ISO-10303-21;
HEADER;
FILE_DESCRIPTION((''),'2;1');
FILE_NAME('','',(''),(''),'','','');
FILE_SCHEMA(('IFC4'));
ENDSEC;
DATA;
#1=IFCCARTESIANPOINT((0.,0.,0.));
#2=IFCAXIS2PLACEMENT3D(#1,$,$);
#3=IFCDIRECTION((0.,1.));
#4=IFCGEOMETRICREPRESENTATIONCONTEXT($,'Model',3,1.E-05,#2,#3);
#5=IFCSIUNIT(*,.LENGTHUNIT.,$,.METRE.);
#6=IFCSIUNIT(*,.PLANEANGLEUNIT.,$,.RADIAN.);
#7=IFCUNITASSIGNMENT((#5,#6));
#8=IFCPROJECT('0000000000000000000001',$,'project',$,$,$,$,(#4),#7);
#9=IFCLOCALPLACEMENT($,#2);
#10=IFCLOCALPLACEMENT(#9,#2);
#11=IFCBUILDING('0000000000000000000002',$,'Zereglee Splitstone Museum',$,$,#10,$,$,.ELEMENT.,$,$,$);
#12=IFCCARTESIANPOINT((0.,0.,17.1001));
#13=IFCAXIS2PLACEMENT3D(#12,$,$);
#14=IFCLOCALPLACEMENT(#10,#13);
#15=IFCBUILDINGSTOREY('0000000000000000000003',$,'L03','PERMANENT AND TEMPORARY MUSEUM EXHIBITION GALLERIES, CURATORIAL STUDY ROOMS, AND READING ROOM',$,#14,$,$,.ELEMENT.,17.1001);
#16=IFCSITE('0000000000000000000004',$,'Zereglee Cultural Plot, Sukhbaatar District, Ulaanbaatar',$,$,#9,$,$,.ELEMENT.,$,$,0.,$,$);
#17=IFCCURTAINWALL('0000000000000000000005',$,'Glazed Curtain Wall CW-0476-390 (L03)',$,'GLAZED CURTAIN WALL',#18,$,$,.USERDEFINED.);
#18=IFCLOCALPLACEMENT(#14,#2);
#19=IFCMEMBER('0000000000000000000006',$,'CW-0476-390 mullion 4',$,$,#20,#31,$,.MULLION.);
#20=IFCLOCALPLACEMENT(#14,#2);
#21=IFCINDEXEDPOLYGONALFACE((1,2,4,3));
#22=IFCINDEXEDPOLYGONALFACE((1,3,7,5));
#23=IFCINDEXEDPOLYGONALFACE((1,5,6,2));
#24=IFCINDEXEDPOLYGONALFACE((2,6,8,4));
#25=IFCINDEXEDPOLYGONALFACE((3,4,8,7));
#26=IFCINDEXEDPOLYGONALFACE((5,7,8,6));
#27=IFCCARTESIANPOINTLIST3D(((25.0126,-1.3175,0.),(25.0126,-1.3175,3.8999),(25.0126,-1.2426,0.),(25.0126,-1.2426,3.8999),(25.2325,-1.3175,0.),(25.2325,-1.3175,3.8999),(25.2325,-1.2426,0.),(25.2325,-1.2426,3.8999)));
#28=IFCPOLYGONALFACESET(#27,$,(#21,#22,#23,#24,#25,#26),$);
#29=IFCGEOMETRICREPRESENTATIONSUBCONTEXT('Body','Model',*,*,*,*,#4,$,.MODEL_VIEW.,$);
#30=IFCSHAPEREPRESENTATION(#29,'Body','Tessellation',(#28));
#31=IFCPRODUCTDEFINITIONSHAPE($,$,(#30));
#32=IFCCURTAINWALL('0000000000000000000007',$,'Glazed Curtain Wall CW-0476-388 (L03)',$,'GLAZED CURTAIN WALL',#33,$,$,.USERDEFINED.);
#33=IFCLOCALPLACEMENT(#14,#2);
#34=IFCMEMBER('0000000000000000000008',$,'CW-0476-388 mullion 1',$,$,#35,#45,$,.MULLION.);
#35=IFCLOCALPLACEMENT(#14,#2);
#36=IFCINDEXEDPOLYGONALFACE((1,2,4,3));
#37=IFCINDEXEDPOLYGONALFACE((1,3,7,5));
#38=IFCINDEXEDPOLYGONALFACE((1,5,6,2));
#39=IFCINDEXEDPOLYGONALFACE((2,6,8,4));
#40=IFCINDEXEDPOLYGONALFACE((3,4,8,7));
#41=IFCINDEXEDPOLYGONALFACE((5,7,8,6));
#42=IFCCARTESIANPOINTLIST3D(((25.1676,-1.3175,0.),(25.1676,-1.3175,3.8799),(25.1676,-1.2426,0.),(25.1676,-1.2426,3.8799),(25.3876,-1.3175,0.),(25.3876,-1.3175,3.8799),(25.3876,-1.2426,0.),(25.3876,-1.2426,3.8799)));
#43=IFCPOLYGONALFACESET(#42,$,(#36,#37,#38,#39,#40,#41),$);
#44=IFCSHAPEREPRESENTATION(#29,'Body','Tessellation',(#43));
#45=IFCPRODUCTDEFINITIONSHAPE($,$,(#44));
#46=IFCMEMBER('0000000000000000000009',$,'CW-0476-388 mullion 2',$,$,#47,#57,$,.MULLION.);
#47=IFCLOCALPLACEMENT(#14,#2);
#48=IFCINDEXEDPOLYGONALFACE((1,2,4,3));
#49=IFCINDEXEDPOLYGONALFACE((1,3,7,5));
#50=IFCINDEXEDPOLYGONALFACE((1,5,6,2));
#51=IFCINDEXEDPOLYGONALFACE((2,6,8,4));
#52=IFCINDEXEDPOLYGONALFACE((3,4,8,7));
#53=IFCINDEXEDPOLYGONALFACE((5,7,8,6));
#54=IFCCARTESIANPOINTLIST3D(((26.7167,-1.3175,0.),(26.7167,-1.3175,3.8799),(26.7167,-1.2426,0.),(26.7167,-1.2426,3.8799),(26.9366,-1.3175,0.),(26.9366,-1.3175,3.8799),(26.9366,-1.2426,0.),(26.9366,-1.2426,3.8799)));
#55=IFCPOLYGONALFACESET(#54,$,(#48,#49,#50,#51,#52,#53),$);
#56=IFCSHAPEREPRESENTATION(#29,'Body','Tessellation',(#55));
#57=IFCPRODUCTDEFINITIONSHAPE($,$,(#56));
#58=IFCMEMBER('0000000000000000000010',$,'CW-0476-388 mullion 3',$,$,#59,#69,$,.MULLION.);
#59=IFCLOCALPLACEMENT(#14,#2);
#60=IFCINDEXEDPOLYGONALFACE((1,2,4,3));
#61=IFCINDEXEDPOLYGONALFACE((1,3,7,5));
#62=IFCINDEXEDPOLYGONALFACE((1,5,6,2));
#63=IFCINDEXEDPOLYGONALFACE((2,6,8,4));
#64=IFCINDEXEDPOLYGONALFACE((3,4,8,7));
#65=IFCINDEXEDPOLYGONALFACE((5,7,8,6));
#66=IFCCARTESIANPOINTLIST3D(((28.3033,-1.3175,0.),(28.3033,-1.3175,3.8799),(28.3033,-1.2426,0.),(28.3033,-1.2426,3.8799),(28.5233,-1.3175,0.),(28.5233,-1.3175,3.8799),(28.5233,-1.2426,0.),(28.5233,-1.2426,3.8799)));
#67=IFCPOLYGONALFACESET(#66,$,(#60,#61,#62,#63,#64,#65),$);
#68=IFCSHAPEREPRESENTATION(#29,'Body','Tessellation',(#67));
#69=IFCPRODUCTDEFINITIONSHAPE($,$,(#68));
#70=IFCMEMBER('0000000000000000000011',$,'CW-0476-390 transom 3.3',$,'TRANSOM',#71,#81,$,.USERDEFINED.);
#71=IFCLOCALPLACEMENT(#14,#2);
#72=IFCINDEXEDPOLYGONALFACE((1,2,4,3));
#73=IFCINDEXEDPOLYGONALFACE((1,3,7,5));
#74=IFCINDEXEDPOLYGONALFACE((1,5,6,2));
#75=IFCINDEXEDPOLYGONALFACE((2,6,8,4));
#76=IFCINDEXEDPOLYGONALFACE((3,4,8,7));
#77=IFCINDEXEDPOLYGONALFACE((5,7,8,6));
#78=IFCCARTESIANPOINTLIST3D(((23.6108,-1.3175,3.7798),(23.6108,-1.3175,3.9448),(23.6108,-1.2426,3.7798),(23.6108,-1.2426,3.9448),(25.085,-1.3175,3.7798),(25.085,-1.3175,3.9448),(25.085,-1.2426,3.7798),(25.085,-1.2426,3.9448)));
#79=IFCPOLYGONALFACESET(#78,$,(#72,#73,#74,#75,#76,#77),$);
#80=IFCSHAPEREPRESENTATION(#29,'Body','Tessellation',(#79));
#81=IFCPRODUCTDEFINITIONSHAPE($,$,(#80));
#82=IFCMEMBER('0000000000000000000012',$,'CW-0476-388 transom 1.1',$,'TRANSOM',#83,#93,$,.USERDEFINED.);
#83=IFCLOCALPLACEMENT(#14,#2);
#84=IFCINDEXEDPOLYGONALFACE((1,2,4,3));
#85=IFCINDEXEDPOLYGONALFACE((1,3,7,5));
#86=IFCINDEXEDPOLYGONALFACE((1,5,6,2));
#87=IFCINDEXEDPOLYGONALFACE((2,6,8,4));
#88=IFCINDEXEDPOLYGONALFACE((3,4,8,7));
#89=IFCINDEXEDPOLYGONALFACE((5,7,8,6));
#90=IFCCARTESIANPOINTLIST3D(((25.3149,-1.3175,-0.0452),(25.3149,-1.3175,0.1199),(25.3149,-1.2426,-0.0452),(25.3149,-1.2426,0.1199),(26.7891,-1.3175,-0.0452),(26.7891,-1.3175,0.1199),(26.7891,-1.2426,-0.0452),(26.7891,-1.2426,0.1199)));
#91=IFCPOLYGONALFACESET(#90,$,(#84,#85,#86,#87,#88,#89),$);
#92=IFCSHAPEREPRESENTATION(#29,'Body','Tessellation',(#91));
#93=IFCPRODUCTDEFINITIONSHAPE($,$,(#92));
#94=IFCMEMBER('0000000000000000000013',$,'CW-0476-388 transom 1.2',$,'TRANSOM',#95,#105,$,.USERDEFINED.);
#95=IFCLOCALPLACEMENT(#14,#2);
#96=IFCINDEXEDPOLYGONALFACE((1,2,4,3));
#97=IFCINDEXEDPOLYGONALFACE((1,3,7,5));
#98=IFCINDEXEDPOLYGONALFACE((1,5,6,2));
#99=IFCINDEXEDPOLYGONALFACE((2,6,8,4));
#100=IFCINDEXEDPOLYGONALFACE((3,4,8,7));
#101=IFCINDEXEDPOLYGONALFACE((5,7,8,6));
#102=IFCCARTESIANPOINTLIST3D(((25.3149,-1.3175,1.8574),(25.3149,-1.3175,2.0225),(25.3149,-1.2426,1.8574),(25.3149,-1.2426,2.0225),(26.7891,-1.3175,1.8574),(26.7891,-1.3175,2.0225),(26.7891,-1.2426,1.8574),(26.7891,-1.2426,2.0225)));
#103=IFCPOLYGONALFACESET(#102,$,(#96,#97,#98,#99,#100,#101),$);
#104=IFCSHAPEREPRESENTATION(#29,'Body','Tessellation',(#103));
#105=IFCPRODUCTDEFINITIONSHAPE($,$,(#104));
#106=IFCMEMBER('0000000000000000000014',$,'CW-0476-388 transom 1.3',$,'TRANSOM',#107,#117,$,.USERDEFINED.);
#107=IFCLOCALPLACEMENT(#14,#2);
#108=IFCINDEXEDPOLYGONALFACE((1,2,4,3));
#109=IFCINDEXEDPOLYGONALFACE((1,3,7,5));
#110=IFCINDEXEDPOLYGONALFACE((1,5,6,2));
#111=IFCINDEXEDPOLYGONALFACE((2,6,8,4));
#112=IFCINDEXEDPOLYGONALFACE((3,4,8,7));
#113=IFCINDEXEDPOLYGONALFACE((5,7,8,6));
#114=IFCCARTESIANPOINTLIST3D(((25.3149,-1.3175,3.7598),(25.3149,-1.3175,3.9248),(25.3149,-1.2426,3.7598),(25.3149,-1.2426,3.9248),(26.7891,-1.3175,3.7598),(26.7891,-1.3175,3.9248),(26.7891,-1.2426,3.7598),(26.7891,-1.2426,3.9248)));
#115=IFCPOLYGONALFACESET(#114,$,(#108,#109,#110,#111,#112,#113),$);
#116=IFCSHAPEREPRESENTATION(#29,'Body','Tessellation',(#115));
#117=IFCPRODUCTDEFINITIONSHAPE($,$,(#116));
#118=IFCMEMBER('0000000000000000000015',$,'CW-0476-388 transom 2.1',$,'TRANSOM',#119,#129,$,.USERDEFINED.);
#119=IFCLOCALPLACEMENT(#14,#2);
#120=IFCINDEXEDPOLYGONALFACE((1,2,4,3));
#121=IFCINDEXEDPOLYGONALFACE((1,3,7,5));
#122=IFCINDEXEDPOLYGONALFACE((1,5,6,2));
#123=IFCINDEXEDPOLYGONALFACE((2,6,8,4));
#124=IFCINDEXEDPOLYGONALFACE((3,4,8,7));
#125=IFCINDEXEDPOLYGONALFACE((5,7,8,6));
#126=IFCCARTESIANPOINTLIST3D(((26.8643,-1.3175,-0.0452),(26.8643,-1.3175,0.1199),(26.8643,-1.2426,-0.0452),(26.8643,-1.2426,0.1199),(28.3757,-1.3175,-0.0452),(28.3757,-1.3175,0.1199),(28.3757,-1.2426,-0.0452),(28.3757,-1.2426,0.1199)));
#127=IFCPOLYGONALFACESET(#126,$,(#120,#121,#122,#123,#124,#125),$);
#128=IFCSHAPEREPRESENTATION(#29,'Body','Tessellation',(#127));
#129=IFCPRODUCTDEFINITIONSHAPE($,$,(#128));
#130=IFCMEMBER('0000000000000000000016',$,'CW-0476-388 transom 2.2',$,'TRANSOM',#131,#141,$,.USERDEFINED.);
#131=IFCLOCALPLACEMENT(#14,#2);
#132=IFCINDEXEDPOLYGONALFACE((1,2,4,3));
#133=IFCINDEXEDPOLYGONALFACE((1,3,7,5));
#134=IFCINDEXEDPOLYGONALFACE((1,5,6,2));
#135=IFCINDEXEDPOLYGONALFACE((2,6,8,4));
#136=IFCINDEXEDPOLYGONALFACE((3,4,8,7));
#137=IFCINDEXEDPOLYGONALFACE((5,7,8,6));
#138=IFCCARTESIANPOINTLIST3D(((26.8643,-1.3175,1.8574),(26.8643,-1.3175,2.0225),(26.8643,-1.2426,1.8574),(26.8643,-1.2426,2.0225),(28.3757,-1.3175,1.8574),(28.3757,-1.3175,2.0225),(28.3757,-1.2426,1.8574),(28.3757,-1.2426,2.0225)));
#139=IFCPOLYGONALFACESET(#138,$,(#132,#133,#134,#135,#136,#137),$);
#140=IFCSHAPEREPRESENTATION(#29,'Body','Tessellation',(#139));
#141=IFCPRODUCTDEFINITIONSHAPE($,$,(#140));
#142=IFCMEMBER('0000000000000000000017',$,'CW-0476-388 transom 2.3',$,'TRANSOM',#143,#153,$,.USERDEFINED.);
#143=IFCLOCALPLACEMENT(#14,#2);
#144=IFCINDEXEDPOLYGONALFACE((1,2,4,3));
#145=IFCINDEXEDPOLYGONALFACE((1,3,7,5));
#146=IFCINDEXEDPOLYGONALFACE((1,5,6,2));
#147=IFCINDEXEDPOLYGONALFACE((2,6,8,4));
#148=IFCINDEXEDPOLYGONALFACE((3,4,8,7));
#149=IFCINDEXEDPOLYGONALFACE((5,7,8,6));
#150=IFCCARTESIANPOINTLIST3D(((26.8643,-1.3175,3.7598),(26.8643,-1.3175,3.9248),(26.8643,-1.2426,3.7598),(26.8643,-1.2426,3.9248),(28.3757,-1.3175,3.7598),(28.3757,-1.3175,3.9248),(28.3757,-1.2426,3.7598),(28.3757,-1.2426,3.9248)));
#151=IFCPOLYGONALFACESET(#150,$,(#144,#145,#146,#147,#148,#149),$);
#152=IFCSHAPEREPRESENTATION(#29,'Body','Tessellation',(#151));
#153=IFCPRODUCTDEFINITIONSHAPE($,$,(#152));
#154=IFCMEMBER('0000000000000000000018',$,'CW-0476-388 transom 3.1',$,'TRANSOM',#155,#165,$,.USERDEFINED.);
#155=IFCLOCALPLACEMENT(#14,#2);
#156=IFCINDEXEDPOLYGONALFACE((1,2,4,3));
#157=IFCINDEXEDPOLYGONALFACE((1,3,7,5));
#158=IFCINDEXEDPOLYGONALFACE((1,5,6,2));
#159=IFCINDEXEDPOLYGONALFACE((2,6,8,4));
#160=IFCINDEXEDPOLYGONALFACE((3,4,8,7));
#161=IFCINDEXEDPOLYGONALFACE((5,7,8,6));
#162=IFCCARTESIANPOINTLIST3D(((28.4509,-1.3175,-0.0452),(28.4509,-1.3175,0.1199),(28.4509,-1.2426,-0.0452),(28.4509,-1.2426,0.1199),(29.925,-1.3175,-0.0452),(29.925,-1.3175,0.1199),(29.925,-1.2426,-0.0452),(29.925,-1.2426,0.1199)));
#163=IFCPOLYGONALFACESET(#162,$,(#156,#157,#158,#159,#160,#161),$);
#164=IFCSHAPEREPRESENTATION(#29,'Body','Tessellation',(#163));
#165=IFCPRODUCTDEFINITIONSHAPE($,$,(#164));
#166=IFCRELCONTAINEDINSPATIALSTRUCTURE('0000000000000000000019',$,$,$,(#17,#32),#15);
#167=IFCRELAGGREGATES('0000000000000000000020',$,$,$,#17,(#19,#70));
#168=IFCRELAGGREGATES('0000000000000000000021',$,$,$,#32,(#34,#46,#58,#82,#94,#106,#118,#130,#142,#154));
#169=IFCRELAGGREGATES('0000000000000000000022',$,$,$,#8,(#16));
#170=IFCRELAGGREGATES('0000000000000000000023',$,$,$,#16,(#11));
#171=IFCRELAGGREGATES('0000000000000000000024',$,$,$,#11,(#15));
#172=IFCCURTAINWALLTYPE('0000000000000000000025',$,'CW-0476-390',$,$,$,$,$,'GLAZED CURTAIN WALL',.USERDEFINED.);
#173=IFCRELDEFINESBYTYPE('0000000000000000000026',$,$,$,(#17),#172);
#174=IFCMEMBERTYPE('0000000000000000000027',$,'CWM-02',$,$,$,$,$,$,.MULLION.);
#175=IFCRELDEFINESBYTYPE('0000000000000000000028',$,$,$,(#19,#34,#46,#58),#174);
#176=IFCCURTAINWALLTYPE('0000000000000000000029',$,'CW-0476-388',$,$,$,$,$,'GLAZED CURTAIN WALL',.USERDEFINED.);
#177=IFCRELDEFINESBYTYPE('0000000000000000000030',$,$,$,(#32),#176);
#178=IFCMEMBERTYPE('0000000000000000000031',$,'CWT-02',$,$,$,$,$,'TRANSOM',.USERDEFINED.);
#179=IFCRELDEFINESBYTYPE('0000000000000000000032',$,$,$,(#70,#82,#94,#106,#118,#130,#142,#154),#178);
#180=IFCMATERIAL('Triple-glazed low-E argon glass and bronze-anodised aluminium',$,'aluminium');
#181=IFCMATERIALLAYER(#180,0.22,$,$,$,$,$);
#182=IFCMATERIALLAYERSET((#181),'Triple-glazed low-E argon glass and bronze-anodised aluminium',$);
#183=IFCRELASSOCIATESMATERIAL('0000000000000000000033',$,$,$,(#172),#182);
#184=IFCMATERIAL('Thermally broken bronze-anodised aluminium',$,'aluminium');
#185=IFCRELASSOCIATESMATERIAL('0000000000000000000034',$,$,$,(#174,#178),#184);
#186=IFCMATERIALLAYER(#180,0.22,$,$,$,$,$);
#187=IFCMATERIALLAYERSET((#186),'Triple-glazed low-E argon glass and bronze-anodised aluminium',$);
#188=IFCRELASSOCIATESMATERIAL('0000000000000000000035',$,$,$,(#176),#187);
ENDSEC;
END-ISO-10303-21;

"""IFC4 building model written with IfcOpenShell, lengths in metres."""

from ifc_helpers import new_model, si_unit, direction, frame, origin, origin_2d, place, context, subcontext, project, spatial, rectangle, extrude, material, layer, layer_set, material_profile, profile_set, type_object, element, aggregate, save


model = new_model("IFC4")

# Units and contexts
model_context = context("Model", 3, precision=1e-05, world=origin(), true_north=direction((0.0, 1.0)))
body_context = subcontext(model_context, "Body", "Model", "MODEL_VIEW")
ifc_project = project(units=[si_unit("LENGTHUNIT", "METRE"), si_unit("PLANEANGLEUNIT", "RADIAN")], contexts=[model_context])

# Site, building, storey
site_placement = place(None, origin())
site = spatial("IfcSite", under=ifc_project, at=site_placement, Name="Zereglee Cultural Plot, Sukhbaatar District, Ulaanbaatar", CompositionType="ELEMENT", RefElevation=0.0)
building_placement = place(site_placement, origin())
building = spatial("IfcBuilding", under=site, at=building_placement, Name="Zereglee Splitstone Museum", CompositionType="ELEMENT")
storey_placement = place(building_placement, frame((0.0, 0.0, 17.1001)))
storey = spatial("IfcBuildingStorey", under=building, at=storey_placement, Name="L03", Description="PERMANENT AND TEMPORARY MUSEUM EXHIBITION GALLERIES, CURATORIAL STUDY ROOMS, AND READING ROOM", CompositionType="ELEMENT", Elevation=17.1001)

# Curtain wall, member
ifc_material_1 = material(Name="Triple-glazed low-E argon glass and bronze-anodised aluminium", Category="aluminium")
ifc_layer_1 = layer(ifc_material_1, 0.22)
ifc_layer_set_1 = layer_set([ifc_layer_1], Name="Triple-glazed low-E argon glass and bronze-anodised aluminium")
curtain_wall_type_1 = type_object("IfcCurtainWallType", Name="CW-0476-390", ElementType="GLAZED CURTAIN WALL", PredefinedType="USERDEFINED", material=ifc_layer_set_1)
curtain_wall_1_placement = place(storey_placement, origin())
curtain_wall_1 = element("IfcCurtainWall", 1, at=curtain_wall_1_placement, inside=storey, type_object=curtain_wall_type_1, Name="Glazed Curtain Wall CW-0476-390 (L03)", ObjectType="GLAZED CURTAIN WALL", PredefinedType="USERDEFINED")
ifc_material_2 = material(Name="Thermally broken bronze-anodised aluminium", Category="aluminium")
ifc_material_profile_1 = material_profile(ifc_material_2, rectangle(XDim=0.075, YDim=0.22, at=origin_2d()), Name="CW MULL 75x220")
ifc_profile_set_1 = profile_set([ifc_material_profile_1], Name="Thermally broken bronze-anodised aluminium")
member_type_1 = type_object("IfcMemberType", Name="CWM-02", PredefinedType="MULLION", material=ifc_profile_set_1)
member_1_placement = place(storey_placement, frame((25.1226, -1.28, 0.0), z_axis=(0.0, 0.0, 1.0), x_axis=(0.0, 1.0, 0.0)))
member_1 = element("IfcMember", 2, at=member_1_placement, type_object=member_type_1, Name="CW-0476-390 mullion 4", PredefinedType="MULLION", context=body_context, shape_type="SweptSolid", body=[
    extrude(rectangle(XDim=0.075, YDim=0.22, at=origin_2d()), origin(), (0.0, 0.0, 1.0), 3.8999),
])

# Curtain wall, members
ifc_layer_2 = layer(ifc_material_1, 0.22)
ifc_layer_set_2 = layer_set([ifc_layer_2], Name="Triple-glazed low-E argon glass and bronze-anodised aluminium")
curtain_wall_type_2 = type_object("IfcCurtainWallType", Name="CW-0476-388", ElementType="GLAZED CURTAIN WALL", PredefinedType="USERDEFINED", material=ifc_layer_set_2)
curtain_wall_2_placement = place(storey_placement, origin())
curtain_wall_2 = element("IfcCurtainWall", 3, at=curtain_wall_2_placement, inside=storey, type_object=curtain_wall_type_2, Name="Glazed Curtain Wall CW-0476-388 (L03)", ObjectType="GLAZED CURTAIN WALL", PredefinedType="USERDEFINED")
member_2_placement = place(storey_placement, frame((25.2776, -1.28, 0.0), z_axis=(0.0, 0.0, 1.0), x_axis=(0.0, 1.0, 0.0)))
member_2 = element("IfcMember", 4, at=member_2_placement, type_object=member_type_1, Name="CW-0476-388 mullion 1", PredefinedType="MULLION", context=body_context, shape_type="SweptSolid", body=[
    extrude(rectangle(XDim=0.075, YDim=0.22, at=origin_2d()), origin(), (0.0, 0.0, 1.0), 3.8799),
])
member_3_placement = place(storey_placement, frame((26.8267, -1.28, 0.0), z_axis=(0.0, 0.0, 1.0), x_axis=(0.0, 1.0, 0.0)))
member_3 = element("IfcMember", 5, at=member_3_placement, type_object=member_type_1, Name="CW-0476-388 mullion 2", PredefinedType="MULLION", context=body_context, shape_type="SweptSolid", body=[
    extrude(rectangle(XDim=0.075, YDim=0.22, at=origin_2d()), origin(), (0.0, 0.0, 1.0), 3.8799),
])
member_4_placement = place(storey_placement, frame((28.4133, -1.28, 0.0), z_axis=(0.0, 0.0, 1.0), x_axis=(0.0, 1.0, 0.0)))
member_4 = element("IfcMember", 6, at=member_4_placement, type_object=member_type_1, Name="CW-0476-388 mullion 3", PredefinedType="MULLION", context=body_context, shape_type="SweptSolid", body=[
    extrude(rectangle(XDim=0.075, YDim=0.22, at=origin_2d()), origin(), (0.0, 0.0, 1.0), 3.8799),
])

# Members
ifc_material_profile_2 = material_profile(ifc_material_2, rectangle(XDim=0.075, YDim=0.165, at=origin_2d()), Name="CW TRAN 75x165")
ifc_profile_set_2 = profile_set([ifc_material_profile_2], Name="Thermally broken bronze-anodised aluminium")
member_type_2 = type_object("IfcMemberType", Name="CWT-02", ElementType="TRANSOM", PredefinedType="USERDEFINED", material=ifc_profile_set_2)
member_5_placement = place(storey_placement, frame((23.6108, -1.28, 3.8623), z_axis=(1.0, 0.0, 0.0), x_axis=(0.0, 1.0, 0.0)))
member_5 = element("IfcMember", 7, at=member_5_placement, type_object=member_type_2, Name="CW-0476-390 transom 3.3", ObjectType="TRANSOM", PredefinedType="USERDEFINED", context=body_context, shape_type="SweptSolid", body=[
    extrude(rectangle(XDim=0.075, YDim=0.165, at=origin_2d()), origin(), (0.0, 0.0, 1.0), 1.4741),
])
member_6_placement = place(storey_placement, frame((25.3149, -1.28, 0.0374), z_axis=(1.0, 0.0, 0.0), x_axis=(0.0, 1.0, 0.0)))
member_6 = element("IfcMember", 8, at=member_6_placement, type_object=member_type_2, Name="CW-0476-388 transom 1.1", ObjectType="TRANSOM", PredefinedType="USERDEFINED", context=body_context, shape_type="SweptSolid", body=[
    extrude(rectangle(XDim=0.075, YDim=0.165, at=origin_2d()), origin(), (0.0, 0.0, 1.0), 1.4741),
])
member_7_placement = place(storey_placement, frame((25.3149, -1.28, 1.9399), z_axis=(1.0, 0.0, 0.0), x_axis=(0.0, 1.0, 0.0)))
member_7 = element("IfcMember", 9, at=member_7_placement, type_object=member_type_2, Name="CW-0476-388 transom 1.2", ObjectType="TRANSOM", PredefinedType="USERDEFINED", context=body_context, shape_type="SweptSolid", body=[
    extrude(rectangle(XDim=0.075, YDim=0.165, at=origin_2d()), origin(), (0.0, 0.0, 1.0), 1.4741),
])
member_8_placement = place(storey_placement, frame((25.3149, -1.28, 3.8423), z_axis=(1.0, 0.0, 0.0), x_axis=(0.0, 1.0, 0.0)))
member_8 = element("IfcMember", 10, at=member_8_placement, type_object=member_type_2, Name="CW-0476-388 transom 1.3", ObjectType="TRANSOM", PredefinedType="USERDEFINED", context=body_context, shape_type="SweptSolid", body=[
    extrude(rectangle(XDim=0.075, YDim=0.165, at=origin_2d()), origin(), (0.0, 0.0, 1.0), 1.4741),
])
member_9_placement = place(storey_placement, frame((26.8643, -1.28, 0.0374), z_axis=(1.0, 0.0, 0.0), x_axis=(0.0, 1.0, 0.0)))
member_9 = element("IfcMember", 11, at=member_9_placement, type_object=member_type_2, Name="CW-0476-388 transom 2.1", ObjectType="TRANSOM", PredefinedType="USERDEFINED", context=body_context, shape_type="SweptSolid", body=[
    extrude(rectangle(XDim=0.075, YDim=0.165, at=origin_2d()), origin(), (0.0, 0.0, 1.0), 1.5115),
])
member_10_placement = place(storey_placement, frame((26.8643, -1.28, 1.9399), z_axis=(1.0, 0.0, 0.0), x_axis=(0.0, 1.0, 0.0)))
member_10 = element("IfcMember", 12, at=member_10_placement, type_object=member_type_2, Name="CW-0476-388 transom 2.2", ObjectType="TRANSOM", PredefinedType="USERDEFINED", context=body_context, shape_type="SweptSolid", body=[
    extrude(rectangle(XDim=0.075, YDim=0.165, at=origin_2d()), origin(), (0.0, 0.0, 1.0), 1.5115),
])
member_11_placement = place(storey_placement, frame((26.8643, -1.28, 3.8423), z_axis=(1.0, 0.0, 0.0), x_axis=(0.0, 1.0, 0.0)))
member_11 = element("IfcMember", 13, at=member_11_placement, type_object=member_type_2, Name="CW-0476-388 transom 2.3", ObjectType="TRANSOM", PredefinedType="USERDEFINED", context=body_context, shape_type="SweptSolid", body=[
    extrude(rectangle(XDim=0.075, YDim=0.165, at=origin_2d()), origin(), (0.0, 0.0, 1.0), 1.5115),
])
member_12_placement = place(storey_placement, frame((28.4509, -1.28, 0.0374), z_axis=(1.0, 0.0, 0.0), x_axis=(0.0, 1.0, 0.0)))
member_12 = element("IfcMember", 14, at=member_12_placement, type_object=member_type_2, Name="CW-0476-388 transom 3.1", ObjectType="TRANSOM", PredefinedType="USERDEFINED", context=body_context, shape_type="SweptSolid", body=[
    extrude(rectangle(XDim=0.075, YDim=0.165, at=origin_2d()), origin(), (0.0, 0.0, 1.0), 1.4741),
])

aggregate(curtain_wall_1, [member_1, member_5])
aggregate(curtain_wall_2, [member_2, member_3, member_4, member_6, member_7, member_8, member_9, member_10, member_11, member_12])

save(model, "model.ifc")
